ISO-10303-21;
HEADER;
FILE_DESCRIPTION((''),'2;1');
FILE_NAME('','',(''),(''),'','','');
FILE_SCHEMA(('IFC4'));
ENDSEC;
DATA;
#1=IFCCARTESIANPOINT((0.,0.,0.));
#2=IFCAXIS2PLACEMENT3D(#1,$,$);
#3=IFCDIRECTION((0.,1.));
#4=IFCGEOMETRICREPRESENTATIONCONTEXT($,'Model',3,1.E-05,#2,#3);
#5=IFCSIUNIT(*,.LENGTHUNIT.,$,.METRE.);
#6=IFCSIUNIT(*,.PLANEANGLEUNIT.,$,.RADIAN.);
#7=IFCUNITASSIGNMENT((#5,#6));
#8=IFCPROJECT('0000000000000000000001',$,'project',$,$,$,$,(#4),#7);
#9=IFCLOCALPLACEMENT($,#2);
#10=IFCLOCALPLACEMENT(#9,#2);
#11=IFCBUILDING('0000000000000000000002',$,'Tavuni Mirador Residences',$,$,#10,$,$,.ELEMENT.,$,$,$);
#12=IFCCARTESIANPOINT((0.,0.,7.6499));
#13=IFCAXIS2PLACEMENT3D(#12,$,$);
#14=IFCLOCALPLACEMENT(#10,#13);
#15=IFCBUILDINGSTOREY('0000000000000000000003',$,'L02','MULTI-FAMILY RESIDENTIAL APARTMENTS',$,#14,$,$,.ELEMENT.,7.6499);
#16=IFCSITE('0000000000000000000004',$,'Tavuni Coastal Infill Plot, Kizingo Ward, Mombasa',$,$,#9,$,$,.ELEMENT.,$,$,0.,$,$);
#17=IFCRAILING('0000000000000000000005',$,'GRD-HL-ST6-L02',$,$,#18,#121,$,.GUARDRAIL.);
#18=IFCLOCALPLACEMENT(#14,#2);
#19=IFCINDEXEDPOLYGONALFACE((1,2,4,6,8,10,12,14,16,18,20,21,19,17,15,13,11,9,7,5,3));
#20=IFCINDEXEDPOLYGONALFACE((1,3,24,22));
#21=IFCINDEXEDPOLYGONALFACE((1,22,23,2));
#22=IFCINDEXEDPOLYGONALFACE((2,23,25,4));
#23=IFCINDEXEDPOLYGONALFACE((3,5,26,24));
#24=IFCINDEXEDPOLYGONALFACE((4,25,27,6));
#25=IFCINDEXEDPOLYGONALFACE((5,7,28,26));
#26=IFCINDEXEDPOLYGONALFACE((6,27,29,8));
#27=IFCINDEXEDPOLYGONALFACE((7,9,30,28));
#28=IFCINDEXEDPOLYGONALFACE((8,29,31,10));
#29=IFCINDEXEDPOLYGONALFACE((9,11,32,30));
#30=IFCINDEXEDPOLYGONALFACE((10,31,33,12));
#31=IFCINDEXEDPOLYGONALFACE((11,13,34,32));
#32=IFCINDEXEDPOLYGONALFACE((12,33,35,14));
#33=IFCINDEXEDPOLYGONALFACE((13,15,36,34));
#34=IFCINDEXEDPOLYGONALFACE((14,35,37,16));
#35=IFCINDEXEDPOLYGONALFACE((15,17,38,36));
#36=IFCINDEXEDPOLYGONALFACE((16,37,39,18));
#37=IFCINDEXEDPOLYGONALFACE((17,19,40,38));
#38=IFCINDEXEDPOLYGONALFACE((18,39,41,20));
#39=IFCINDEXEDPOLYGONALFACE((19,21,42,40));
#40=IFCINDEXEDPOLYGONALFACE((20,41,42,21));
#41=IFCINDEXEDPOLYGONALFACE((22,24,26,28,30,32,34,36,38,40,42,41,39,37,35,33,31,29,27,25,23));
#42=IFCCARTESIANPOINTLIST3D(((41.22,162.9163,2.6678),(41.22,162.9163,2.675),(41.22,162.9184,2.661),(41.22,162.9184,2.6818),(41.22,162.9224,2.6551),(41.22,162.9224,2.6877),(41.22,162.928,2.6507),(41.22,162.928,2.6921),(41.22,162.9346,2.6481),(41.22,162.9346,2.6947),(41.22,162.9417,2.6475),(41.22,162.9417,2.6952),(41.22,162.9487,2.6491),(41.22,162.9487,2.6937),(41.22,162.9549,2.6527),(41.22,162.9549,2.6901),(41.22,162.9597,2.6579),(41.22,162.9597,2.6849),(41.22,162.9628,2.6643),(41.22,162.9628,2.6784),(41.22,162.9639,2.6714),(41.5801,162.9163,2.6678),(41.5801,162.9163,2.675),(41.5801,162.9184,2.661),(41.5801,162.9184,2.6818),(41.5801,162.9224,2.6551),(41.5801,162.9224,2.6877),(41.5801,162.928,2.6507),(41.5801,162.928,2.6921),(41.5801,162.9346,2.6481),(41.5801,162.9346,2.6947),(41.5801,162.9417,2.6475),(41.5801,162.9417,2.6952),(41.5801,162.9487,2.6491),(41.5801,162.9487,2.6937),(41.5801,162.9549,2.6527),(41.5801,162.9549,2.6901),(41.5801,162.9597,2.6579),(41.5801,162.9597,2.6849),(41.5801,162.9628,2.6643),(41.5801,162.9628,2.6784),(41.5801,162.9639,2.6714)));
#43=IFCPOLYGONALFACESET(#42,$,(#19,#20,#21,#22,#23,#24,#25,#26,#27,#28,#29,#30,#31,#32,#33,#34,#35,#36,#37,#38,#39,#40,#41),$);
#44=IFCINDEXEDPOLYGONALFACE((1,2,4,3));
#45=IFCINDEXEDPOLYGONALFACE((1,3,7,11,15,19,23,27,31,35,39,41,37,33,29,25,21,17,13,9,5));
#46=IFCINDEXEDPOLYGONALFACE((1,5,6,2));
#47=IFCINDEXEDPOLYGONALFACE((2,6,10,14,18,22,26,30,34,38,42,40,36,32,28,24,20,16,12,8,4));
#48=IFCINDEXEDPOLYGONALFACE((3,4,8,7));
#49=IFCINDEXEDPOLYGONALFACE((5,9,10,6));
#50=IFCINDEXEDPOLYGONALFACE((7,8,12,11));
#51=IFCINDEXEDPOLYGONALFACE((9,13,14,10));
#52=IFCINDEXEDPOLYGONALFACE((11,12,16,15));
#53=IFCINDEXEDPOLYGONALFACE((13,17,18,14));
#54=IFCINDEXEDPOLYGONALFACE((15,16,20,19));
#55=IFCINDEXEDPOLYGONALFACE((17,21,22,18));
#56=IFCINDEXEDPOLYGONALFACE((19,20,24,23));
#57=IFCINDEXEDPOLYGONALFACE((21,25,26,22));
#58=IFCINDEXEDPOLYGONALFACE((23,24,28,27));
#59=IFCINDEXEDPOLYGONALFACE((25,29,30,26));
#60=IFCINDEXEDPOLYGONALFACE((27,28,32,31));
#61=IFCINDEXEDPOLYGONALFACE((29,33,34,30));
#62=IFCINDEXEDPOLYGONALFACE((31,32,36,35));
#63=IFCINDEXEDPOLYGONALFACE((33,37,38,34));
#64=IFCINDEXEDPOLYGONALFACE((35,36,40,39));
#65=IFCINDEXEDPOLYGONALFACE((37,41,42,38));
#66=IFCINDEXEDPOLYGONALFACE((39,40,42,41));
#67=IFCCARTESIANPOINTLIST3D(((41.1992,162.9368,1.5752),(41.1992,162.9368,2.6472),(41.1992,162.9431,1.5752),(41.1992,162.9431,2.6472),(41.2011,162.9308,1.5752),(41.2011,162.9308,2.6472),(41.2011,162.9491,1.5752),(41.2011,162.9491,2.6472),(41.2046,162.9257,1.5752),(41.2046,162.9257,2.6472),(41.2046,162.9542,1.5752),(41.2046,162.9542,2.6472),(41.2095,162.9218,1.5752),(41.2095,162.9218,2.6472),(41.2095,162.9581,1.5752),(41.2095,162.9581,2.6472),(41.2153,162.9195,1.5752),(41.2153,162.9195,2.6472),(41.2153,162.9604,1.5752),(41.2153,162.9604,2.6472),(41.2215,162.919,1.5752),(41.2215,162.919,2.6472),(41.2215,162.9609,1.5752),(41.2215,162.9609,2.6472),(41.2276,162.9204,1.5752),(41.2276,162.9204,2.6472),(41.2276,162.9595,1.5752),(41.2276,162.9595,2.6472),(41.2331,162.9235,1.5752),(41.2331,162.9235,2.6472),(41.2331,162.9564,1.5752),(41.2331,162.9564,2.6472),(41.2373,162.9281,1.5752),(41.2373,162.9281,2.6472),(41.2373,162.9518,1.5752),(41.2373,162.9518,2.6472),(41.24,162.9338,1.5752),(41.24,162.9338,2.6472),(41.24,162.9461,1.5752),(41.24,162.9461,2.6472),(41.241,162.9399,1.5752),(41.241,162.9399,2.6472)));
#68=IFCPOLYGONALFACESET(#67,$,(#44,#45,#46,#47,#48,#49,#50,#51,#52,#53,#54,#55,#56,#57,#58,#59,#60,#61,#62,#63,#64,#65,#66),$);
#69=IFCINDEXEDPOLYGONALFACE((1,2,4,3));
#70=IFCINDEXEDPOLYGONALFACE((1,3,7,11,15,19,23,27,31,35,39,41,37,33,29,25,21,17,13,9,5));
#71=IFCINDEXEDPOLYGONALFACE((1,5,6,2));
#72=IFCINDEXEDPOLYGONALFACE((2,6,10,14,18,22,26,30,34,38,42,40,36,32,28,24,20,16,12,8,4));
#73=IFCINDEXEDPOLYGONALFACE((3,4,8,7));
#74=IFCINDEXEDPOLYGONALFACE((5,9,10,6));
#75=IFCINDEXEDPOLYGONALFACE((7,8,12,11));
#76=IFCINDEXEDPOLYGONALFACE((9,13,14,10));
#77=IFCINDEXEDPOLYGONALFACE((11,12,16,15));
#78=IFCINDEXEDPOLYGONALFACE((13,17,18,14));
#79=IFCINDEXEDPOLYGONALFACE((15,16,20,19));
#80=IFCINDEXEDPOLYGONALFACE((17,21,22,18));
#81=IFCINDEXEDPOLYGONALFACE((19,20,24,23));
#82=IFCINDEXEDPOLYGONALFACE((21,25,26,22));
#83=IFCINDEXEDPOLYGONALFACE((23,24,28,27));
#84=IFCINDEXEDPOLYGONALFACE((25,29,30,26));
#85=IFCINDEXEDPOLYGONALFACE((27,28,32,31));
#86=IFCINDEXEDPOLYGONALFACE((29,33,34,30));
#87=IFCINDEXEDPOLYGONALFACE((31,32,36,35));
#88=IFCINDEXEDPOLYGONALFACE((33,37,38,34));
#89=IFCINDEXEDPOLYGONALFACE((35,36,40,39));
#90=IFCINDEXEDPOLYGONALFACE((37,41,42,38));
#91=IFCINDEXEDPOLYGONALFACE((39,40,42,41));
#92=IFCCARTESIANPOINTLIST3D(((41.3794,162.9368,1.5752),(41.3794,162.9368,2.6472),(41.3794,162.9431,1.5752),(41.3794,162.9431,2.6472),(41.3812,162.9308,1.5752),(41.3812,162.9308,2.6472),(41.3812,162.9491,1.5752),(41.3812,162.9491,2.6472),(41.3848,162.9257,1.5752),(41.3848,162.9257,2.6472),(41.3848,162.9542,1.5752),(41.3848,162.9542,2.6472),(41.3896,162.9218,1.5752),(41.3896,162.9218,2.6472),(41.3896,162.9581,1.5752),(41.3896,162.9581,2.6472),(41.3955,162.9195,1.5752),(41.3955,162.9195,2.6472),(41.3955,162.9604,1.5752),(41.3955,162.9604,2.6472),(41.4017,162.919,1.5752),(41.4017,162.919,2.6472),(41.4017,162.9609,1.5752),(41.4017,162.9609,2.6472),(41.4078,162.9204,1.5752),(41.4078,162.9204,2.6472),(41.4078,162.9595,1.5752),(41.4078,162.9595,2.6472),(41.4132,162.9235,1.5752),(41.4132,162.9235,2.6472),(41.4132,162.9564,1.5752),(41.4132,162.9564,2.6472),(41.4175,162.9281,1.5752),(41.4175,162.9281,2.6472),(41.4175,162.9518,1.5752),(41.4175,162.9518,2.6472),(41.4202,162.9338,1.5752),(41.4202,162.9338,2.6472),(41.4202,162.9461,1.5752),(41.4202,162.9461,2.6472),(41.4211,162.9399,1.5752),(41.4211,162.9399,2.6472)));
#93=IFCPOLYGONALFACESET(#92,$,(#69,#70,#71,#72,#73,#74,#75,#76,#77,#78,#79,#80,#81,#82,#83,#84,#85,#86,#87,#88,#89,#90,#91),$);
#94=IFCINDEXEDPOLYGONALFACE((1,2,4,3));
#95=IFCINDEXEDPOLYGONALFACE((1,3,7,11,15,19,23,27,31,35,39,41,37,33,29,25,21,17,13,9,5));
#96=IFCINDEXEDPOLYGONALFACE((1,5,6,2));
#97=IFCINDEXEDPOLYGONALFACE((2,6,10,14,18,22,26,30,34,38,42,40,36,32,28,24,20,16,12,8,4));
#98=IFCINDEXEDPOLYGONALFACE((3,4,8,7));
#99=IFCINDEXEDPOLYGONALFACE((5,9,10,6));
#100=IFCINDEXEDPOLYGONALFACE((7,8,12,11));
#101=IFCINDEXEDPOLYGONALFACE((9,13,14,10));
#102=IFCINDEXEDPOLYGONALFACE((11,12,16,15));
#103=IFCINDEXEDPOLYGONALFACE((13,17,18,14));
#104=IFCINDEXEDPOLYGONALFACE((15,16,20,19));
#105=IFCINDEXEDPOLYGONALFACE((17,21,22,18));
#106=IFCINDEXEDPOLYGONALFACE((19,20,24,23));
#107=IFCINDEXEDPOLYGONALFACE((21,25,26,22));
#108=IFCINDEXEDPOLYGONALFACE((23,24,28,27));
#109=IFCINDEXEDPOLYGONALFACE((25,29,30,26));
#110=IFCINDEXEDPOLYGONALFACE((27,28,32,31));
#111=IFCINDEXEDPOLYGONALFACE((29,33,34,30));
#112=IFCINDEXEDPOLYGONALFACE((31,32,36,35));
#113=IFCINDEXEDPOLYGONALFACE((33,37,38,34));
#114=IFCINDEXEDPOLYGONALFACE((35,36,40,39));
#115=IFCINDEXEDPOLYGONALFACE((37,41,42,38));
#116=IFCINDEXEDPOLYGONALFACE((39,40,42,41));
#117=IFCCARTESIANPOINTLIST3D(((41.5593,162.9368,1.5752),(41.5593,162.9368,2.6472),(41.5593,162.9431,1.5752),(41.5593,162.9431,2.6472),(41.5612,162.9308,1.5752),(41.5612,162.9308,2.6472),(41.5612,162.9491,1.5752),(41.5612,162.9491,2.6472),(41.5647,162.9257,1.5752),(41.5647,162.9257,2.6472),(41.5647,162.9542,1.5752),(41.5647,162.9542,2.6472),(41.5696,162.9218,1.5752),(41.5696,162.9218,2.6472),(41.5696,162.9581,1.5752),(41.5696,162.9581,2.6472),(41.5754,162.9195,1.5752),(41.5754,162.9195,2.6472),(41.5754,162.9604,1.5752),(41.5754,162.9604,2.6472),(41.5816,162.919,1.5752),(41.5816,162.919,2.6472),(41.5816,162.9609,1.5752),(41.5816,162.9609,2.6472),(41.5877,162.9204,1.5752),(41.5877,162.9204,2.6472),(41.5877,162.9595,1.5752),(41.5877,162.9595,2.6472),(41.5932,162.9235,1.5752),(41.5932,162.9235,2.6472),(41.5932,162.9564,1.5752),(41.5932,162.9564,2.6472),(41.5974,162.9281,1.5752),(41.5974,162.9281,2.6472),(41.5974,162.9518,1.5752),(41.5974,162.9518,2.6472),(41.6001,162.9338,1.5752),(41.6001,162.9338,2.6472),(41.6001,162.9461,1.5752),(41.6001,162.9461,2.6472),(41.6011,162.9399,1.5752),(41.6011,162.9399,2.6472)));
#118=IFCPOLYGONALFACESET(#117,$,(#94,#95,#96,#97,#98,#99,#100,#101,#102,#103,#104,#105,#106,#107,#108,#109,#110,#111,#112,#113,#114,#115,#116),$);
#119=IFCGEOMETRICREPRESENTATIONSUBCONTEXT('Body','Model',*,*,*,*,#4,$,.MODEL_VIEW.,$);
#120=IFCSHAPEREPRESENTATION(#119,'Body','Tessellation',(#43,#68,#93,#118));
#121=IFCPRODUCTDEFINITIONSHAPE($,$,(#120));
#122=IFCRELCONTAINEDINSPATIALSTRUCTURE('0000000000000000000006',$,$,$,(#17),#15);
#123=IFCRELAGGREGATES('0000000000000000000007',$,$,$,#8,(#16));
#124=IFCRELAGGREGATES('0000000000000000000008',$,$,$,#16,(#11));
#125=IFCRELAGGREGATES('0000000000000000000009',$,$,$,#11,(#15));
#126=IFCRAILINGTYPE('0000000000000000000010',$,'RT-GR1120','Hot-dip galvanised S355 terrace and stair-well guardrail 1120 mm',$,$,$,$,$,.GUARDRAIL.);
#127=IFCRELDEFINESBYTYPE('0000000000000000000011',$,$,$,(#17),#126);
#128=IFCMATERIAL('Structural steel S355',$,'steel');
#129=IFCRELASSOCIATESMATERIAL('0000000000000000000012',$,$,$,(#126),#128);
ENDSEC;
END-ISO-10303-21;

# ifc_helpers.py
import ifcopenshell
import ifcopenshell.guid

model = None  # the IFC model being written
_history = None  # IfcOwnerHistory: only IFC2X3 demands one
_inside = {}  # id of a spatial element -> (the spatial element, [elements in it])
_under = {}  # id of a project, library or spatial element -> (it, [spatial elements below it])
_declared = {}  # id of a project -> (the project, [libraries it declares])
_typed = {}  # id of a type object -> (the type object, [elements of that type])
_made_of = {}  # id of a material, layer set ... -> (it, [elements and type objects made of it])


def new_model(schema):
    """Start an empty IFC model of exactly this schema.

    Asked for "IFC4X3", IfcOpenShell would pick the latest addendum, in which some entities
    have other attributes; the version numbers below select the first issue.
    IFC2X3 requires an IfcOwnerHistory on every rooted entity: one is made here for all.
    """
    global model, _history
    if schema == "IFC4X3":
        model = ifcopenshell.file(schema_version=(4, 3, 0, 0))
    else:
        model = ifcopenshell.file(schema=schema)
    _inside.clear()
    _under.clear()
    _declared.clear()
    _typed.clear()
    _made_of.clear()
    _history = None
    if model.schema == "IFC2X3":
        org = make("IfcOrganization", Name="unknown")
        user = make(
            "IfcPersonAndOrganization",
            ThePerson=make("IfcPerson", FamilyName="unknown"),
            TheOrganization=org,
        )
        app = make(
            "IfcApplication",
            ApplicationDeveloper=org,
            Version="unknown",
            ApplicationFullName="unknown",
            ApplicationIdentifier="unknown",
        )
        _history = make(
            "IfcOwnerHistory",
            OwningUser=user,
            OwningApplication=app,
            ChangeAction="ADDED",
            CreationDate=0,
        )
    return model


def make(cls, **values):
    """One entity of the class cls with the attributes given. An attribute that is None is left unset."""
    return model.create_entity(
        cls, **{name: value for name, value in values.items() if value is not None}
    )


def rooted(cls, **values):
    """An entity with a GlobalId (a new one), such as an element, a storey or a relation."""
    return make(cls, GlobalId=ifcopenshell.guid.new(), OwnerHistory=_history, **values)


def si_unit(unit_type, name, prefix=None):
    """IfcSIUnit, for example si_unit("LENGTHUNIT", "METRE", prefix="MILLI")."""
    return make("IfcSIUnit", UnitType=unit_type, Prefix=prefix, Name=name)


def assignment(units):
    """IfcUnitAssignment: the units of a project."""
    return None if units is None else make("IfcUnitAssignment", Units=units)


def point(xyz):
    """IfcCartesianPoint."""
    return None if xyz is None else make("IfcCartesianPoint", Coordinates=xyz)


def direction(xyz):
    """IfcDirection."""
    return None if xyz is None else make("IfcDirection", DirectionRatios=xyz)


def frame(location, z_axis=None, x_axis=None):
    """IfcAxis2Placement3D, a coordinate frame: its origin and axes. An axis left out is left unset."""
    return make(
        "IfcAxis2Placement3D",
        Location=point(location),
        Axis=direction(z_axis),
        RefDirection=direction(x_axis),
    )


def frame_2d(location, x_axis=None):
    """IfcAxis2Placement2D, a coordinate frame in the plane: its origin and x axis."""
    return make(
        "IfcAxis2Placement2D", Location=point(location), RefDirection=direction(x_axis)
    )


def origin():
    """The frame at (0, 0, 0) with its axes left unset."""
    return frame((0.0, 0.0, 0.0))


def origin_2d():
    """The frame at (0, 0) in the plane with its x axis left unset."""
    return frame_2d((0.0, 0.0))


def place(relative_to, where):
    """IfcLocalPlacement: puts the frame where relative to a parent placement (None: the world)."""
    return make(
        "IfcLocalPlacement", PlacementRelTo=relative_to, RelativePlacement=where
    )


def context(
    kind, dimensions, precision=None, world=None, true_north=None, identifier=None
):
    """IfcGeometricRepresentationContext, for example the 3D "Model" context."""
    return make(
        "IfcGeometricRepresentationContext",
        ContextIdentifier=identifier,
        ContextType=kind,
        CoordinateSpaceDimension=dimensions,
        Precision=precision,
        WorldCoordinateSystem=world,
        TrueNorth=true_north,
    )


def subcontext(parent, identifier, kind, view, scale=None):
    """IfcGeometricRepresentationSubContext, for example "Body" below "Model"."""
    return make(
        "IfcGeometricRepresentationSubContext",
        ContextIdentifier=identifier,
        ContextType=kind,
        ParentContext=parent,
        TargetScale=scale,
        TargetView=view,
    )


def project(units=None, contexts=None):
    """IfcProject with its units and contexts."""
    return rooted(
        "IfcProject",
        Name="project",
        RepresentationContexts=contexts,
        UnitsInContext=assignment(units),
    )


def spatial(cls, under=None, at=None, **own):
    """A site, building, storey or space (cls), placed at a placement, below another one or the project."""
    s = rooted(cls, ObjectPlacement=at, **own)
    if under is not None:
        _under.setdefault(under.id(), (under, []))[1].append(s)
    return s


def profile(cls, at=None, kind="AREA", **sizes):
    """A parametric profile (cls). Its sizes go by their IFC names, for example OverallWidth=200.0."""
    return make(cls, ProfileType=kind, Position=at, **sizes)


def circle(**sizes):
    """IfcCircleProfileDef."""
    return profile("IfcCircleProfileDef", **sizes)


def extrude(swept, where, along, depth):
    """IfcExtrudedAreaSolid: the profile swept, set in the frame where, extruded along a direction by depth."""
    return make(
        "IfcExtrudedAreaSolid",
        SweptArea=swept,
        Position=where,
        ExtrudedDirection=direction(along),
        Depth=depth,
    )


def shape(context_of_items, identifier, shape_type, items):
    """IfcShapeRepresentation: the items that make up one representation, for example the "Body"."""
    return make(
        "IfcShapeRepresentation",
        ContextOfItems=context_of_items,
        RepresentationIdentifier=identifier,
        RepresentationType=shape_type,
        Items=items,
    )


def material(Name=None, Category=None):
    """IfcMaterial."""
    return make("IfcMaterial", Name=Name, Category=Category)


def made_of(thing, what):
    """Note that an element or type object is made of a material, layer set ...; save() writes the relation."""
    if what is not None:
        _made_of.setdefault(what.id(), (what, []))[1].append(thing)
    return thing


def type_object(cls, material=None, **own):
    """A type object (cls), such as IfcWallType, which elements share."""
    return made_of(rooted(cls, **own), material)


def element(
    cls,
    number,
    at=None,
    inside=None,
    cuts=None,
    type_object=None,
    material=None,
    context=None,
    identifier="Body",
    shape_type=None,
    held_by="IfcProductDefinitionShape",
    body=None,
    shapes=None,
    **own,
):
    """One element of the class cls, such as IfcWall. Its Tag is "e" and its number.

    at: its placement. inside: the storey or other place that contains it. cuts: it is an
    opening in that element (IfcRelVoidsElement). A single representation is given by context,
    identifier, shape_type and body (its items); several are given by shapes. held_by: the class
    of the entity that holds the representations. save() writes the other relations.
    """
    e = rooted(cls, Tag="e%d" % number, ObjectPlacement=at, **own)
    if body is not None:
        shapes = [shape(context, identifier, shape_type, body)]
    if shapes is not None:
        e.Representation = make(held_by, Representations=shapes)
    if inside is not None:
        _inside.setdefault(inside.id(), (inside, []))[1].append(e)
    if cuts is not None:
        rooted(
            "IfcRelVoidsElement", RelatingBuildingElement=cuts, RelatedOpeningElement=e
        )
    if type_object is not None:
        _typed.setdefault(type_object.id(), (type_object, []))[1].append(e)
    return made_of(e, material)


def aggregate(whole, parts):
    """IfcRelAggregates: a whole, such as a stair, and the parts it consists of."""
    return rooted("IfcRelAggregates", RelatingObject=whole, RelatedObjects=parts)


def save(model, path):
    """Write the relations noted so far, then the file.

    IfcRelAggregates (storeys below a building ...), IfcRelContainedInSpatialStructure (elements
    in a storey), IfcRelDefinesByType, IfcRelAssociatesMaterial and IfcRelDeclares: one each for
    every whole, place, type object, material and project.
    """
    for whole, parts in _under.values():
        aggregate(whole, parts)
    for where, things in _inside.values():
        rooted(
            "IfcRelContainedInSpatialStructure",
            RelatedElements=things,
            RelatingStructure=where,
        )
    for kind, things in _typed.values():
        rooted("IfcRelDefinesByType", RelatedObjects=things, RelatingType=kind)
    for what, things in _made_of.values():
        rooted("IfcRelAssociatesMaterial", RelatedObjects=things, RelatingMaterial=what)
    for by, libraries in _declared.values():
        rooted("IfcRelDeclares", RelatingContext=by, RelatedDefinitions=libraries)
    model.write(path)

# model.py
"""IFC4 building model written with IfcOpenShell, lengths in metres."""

from ifc_helpers import new_model, si_unit, direction, frame, origin, origin_2d, place, context, subcontext, project, spatial, circle, extrude, material, type_object, element, save


model = new_model("IFC4")

# Units and contexts
model_context = context("Model", 3, precision=1e-05, world=origin(), true_north=direction((0.0, 1.0)))
body_context = subcontext(model_context, "Body", "Model", "MODEL_VIEW")
ifc_project = project(units=[si_unit("LENGTHUNIT", "METRE"), si_unit("PLANEANGLEUNIT", "RADIAN")], contexts=[model_context])

# Site, building, storey
site_placement = place(None, origin())
site = spatial("IfcSite", under=ifc_project, at=site_placement, Name="Tavuni Coastal Infill Plot, Kizingo Ward, Mombasa", CompositionType="ELEMENT", RefElevation=0.0)
building_placement = place(site_placement, origin())
building = spatial("IfcBuilding", under=site, at=building_placement, Name="Tavuni Mirador Residences", CompositionType="ELEMENT")
storey_placement = place(building_placement, frame((0.0, 0.0, 7.6499)))
storey = spatial("IfcBuildingStorey", under=building, at=storey_placement, Name="L02", Description="MULTI-FAMILY RESIDENTIAL APARTMENTS", CompositionType="ELEMENT", Elevation=7.6499)

# Shared definitions
ifc_material_1 = material(Name="Structural steel S355", Category="steel")

# Railing
railing_type_1 = type_object("IfcRailingType", Name="RT-GR1120", Description="Hot-dip galvanised S355 terrace and stair-well guardrail 1120 mm", PredefinedType="GUARDRAIL", material=ifc_material_1)
railing_1_placement = place(storey_placement, frame((41.22, 162.9399, 1.5752)))
element("IfcRailing", 1, at=railing_1_placement, inside=storey, type_object=railing_type_1, Name="GRD-HL-ST6-L02", PredefinedType="GUARDRAIL", context=body_context, shape_type="SweptSolid", body=[
    extrude(circle(Radius=0.0239, at=origin_2d()), frame((0.0, 0.0, 1.0962), z_axis=(1.0, 0.0, 0.0), x_axis=(0.0, 1.0, 0.0)), (0.0, 0.0, 1.0), 0.3601),
    extrude(circle(Radius=0.021, at=origin_2d()), origin(), (0.0, 0.0, 1.0), 1.072),
    extrude(circle(Radius=0.021, at=origin_2d()), frame((0.1802, 0.0, 0.0)), (0.0, 0.0, 1.0), 1.072),
    extrude(circle(Radius=0.021, at=origin_2d()), frame((0.3601, 0.0, 0.0)), (0.0, 0.0, 1.0), 1.072),
])

save(model, "model.ifc")
